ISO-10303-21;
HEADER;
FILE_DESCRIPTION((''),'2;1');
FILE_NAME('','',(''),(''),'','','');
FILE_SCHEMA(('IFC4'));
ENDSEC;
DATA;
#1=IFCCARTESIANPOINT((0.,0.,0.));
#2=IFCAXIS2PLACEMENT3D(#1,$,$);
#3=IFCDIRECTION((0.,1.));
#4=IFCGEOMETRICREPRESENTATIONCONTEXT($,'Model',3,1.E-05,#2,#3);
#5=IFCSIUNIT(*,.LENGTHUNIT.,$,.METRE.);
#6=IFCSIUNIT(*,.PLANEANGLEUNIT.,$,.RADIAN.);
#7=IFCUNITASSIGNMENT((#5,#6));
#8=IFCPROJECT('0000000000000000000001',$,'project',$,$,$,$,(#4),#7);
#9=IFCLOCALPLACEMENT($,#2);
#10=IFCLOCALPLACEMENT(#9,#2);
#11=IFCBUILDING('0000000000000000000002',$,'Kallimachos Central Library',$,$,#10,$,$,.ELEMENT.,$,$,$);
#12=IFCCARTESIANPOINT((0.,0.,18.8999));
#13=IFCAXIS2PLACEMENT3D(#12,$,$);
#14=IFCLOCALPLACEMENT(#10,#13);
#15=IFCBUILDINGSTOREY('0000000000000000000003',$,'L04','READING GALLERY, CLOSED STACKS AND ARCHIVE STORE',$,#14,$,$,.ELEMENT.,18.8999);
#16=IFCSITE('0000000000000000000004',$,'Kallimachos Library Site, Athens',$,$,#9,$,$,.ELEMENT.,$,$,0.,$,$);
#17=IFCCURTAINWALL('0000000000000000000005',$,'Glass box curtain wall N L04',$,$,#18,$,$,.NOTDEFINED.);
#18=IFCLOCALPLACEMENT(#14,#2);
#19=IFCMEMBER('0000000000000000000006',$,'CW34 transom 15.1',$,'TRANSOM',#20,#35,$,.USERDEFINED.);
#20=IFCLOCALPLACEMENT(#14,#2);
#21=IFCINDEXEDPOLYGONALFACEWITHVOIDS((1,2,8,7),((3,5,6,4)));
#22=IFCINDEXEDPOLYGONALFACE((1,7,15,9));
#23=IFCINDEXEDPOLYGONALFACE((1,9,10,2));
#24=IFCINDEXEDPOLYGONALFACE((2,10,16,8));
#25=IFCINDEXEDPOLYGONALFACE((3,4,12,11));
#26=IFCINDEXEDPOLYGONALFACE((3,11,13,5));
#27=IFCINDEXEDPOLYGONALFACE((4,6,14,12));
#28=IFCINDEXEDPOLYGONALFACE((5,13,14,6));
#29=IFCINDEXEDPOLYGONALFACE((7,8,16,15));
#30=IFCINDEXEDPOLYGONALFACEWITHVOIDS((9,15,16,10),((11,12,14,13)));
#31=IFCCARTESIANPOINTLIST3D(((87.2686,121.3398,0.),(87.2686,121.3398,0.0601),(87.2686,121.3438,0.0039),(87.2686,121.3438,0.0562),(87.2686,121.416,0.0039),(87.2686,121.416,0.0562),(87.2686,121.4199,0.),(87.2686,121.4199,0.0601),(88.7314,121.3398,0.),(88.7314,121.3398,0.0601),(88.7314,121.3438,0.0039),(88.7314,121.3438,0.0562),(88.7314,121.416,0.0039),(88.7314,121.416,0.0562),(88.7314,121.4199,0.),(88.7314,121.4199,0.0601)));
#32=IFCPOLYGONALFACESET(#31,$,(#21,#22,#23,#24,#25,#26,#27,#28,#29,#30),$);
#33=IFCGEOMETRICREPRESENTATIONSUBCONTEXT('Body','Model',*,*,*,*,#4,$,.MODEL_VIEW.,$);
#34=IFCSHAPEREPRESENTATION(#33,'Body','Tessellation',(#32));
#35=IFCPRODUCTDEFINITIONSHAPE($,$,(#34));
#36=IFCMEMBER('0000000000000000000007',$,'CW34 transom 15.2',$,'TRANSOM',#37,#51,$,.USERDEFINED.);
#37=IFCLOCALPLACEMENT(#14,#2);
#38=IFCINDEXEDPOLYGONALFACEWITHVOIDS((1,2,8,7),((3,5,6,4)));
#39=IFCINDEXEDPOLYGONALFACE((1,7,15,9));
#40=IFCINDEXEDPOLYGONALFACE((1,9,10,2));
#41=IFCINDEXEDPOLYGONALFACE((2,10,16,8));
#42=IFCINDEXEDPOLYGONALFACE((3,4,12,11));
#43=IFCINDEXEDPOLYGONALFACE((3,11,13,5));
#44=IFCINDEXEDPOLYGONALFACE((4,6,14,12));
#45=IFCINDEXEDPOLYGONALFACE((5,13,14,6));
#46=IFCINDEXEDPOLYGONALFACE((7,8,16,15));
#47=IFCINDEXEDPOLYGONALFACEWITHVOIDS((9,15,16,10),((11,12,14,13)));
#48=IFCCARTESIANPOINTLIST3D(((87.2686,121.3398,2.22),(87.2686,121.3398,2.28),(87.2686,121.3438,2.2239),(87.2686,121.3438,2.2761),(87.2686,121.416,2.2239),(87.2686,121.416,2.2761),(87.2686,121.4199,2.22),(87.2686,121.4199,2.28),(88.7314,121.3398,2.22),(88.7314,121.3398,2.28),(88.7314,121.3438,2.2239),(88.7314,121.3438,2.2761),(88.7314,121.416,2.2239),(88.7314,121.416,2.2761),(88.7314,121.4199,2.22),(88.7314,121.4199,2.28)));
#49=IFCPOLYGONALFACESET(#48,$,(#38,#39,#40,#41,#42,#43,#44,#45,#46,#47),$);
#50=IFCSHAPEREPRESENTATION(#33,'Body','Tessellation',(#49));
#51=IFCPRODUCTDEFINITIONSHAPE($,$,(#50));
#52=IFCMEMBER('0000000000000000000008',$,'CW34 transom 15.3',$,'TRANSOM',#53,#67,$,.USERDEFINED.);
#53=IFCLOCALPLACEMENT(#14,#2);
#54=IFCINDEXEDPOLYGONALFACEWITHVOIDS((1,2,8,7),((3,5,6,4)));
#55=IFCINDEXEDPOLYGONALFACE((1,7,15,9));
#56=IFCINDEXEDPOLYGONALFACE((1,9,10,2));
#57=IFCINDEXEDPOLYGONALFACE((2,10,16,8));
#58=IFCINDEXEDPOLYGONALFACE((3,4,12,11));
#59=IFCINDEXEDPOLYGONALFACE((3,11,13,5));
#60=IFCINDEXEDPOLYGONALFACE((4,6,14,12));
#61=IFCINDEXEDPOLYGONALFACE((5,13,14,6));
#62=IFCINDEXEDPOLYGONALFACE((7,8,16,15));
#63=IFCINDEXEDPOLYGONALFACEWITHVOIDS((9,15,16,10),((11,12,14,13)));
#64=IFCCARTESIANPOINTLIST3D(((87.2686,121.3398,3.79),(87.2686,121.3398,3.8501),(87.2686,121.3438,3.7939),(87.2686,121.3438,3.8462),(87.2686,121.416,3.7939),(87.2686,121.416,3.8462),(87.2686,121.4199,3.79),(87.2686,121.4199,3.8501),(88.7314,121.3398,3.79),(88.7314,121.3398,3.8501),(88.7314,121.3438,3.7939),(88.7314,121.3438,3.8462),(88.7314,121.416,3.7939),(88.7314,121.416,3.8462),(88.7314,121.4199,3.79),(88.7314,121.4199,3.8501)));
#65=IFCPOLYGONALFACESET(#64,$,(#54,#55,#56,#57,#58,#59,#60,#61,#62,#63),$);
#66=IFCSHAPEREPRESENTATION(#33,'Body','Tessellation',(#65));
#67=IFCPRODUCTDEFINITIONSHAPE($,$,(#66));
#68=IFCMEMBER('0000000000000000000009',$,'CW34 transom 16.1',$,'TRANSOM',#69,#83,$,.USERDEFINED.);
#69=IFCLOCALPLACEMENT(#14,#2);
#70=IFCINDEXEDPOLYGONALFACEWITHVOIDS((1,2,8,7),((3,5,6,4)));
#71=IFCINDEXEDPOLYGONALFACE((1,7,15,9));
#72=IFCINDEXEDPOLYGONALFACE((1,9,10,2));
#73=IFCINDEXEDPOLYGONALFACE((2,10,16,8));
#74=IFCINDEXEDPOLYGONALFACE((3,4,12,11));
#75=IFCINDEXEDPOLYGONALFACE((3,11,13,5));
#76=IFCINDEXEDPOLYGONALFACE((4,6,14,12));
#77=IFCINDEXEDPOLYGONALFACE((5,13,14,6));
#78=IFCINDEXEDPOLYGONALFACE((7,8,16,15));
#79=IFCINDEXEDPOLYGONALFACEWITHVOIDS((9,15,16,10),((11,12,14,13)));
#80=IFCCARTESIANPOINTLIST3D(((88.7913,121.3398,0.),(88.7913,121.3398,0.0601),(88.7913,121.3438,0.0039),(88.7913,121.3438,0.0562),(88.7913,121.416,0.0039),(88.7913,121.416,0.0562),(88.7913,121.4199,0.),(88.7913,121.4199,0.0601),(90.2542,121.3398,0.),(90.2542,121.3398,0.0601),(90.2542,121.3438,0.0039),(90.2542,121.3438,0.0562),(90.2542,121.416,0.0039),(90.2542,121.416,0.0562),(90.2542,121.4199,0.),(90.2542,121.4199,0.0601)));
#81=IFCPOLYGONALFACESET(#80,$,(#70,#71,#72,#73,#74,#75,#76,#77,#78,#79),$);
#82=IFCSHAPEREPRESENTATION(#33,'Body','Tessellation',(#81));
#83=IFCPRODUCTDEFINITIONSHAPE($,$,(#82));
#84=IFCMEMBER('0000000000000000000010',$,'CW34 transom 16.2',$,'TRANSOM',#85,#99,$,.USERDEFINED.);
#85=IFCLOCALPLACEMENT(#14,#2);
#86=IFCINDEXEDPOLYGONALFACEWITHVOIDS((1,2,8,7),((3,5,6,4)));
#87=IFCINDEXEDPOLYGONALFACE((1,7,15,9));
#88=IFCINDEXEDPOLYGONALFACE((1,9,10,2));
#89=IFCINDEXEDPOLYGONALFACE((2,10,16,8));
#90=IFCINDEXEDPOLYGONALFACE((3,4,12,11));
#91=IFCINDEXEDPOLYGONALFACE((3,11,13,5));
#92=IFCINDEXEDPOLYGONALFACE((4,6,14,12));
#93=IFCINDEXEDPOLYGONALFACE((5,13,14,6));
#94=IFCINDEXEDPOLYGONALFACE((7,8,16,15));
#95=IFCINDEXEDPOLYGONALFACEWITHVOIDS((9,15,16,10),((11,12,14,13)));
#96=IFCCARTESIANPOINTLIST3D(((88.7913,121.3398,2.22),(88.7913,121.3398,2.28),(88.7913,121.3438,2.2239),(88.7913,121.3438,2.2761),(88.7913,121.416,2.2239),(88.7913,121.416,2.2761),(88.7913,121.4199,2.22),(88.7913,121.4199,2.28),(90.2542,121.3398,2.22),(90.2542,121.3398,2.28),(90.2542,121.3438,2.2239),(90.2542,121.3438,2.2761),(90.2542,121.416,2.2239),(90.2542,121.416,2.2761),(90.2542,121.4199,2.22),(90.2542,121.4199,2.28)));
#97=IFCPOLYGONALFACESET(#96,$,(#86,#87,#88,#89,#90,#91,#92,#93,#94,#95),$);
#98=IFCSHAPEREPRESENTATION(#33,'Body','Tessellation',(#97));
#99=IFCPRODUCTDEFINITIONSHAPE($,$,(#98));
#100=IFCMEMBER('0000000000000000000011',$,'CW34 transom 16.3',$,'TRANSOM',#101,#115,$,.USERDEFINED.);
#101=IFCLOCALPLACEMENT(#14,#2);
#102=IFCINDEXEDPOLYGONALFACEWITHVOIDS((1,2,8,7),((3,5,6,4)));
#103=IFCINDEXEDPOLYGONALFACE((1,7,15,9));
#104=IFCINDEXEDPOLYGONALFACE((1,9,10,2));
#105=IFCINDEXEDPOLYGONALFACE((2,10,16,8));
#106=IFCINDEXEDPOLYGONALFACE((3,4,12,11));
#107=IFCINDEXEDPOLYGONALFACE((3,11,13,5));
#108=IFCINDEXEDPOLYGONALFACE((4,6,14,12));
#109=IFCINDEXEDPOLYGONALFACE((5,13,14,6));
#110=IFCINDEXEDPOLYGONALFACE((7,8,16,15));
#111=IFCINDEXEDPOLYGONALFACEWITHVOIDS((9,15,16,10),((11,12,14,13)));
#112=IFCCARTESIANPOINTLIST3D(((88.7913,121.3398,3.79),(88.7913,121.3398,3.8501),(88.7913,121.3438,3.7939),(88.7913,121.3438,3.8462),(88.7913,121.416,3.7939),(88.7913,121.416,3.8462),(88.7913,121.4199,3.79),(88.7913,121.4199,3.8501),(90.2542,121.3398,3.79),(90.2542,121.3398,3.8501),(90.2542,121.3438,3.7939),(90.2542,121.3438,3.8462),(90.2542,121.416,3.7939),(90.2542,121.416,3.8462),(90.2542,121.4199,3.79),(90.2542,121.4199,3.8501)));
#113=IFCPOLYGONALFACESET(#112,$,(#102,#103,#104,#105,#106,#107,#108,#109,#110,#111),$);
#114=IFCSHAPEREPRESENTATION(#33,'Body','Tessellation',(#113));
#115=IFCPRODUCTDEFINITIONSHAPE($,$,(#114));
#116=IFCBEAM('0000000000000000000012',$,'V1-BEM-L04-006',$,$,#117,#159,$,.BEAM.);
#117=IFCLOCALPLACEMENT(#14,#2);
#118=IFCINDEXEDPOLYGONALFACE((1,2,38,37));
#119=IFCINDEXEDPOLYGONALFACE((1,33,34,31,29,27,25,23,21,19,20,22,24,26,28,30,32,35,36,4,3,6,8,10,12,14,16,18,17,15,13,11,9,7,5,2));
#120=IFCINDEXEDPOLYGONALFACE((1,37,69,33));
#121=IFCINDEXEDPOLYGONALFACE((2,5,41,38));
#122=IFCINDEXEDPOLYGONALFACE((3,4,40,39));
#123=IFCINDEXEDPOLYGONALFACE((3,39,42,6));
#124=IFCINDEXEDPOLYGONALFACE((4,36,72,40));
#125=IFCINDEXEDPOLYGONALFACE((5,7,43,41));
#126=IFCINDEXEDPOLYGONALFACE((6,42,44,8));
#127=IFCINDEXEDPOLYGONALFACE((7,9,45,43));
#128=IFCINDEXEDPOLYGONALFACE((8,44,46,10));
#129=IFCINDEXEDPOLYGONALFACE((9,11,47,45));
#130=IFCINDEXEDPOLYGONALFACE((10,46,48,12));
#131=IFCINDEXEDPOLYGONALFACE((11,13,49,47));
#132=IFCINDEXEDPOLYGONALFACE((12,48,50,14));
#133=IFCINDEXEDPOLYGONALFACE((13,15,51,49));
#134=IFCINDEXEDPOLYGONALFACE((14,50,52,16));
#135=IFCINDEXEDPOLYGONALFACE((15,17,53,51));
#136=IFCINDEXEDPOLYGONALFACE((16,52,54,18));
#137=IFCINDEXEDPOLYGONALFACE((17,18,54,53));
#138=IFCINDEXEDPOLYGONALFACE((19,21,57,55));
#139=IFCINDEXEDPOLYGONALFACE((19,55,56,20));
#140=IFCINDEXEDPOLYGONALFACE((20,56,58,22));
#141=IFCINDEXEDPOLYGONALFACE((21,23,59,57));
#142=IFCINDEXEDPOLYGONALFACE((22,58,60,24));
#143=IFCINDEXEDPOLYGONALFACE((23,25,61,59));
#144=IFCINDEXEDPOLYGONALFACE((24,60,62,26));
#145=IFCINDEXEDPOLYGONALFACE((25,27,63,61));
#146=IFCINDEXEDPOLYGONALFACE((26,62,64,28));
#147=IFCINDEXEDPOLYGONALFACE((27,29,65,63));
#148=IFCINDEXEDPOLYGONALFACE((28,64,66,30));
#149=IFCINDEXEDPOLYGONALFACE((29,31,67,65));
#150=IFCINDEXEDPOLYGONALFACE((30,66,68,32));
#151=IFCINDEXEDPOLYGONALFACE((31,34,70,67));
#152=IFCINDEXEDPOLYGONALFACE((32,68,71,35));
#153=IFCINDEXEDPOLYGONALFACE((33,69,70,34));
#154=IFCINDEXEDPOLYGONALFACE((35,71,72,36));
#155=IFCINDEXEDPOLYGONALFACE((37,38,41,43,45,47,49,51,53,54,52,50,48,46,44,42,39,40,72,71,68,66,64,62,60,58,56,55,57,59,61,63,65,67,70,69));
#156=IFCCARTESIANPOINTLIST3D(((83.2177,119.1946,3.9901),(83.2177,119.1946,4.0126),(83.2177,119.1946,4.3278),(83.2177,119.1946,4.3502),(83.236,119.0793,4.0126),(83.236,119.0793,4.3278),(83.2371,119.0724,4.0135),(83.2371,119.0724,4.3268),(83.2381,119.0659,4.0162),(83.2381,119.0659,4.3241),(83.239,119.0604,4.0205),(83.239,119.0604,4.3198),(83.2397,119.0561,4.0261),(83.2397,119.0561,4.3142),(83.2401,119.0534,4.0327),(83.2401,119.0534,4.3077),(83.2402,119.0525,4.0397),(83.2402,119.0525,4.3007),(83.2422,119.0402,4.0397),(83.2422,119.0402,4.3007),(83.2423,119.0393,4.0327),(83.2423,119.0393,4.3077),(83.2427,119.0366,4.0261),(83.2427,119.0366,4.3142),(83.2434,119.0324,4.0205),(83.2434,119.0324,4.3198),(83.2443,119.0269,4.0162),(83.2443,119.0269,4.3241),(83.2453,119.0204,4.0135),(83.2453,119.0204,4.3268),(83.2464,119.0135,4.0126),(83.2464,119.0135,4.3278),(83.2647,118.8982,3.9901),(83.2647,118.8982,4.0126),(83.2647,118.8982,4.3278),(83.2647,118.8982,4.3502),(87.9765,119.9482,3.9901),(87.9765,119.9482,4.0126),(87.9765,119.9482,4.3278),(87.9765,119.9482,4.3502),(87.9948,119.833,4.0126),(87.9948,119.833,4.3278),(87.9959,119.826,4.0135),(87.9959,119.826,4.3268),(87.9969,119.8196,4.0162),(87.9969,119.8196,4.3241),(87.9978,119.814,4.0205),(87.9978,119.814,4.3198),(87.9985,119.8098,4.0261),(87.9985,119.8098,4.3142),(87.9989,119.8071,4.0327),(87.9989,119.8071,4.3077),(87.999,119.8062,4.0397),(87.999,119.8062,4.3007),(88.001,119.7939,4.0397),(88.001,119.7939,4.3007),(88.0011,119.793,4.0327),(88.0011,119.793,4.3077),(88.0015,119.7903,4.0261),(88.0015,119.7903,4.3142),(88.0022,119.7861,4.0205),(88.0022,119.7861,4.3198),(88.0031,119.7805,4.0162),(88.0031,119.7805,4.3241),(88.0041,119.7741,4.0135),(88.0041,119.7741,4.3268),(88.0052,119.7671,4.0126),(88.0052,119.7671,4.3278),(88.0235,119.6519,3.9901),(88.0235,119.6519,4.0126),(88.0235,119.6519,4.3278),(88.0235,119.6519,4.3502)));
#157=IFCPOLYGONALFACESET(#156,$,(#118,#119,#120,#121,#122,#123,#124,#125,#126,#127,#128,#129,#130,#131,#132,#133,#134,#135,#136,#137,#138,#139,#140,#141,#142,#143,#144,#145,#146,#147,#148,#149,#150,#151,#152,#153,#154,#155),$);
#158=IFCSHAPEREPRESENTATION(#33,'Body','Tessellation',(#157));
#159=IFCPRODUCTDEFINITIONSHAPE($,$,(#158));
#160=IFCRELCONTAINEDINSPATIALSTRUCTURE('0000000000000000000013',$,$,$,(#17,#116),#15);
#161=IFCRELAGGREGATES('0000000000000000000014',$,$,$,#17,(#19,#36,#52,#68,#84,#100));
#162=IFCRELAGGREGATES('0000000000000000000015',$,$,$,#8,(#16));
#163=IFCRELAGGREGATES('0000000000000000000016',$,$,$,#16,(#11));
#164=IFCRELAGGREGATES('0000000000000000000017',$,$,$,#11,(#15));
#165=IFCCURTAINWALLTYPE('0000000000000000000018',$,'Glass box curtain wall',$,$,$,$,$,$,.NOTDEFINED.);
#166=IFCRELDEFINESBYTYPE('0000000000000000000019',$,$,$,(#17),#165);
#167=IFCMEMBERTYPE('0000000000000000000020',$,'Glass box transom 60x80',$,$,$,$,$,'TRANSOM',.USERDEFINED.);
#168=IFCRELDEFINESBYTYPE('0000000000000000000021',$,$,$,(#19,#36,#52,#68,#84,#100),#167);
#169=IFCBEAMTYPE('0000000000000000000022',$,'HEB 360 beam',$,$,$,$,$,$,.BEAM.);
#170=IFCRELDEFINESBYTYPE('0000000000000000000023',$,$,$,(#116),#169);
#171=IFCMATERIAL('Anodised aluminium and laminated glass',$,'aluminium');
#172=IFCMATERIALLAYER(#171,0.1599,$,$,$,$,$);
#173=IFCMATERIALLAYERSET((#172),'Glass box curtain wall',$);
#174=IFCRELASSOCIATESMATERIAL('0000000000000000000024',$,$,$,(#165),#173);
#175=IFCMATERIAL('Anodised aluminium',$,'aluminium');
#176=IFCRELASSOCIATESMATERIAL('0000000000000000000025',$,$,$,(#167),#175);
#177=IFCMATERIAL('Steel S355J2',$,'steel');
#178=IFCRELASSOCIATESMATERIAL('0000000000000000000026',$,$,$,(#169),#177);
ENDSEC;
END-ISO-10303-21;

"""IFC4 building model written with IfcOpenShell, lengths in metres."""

from ifc_helpers import new_model, si_unit, direction, frame, origin, origin_2d, place, context, subcontext, project, spatial, hollow_rectangle, i_section, extrude, material, layer, layer_set, material_profile, profile_set, type_object, element, aggregate, save


model = new_model("IFC4")

# Units and contexts
model_context = context("Model", 3, precision=1e-05, world=origin(), true_north=direction((0.0, 1.0)))
body_context = subcontext(model_context, "Body", "Model", "MODEL_VIEW")
ifc_project = project(units=[si_unit("LENGTHUNIT", "METRE"), si_unit("PLANEANGLEUNIT", "RADIAN")], contexts=[model_context])

# Site, building, storey
site_placement = place(None, origin())
site = spatial("IfcSite", under=ifc_project, at=site_placement, Name="Kallimachos Library Site, Athens", CompositionType="ELEMENT", RefElevation=0.0)
building_placement = place(site_placement, origin())
building = spatial("IfcBuilding", under=site, at=building_placement, Name="Kallimachos Central Library", CompositionType="ELEMENT")
storey_placement = place(building_placement, frame((0.0, 0.0, 18.8999)))
storey = spatial("IfcBuildingStorey", under=building, at=storey_placement, Name="L04", Description="READING GALLERY, CLOSED STACKS AND ARCHIVE STORE", CompositionType="ELEMENT", Elevation=18.8999)

# Curtain wall, members
ifc_material_1 = material(Name="Anodised aluminium and laminated glass", Category="aluminium")
ifc_layer_1 = layer(ifc_material_1, 0.1599)
ifc_layer_set_1 = layer_set([ifc_layer_1], Name="Glass box curtain wall")
curtain_wall_type = type_object("IfcCurtainWallType", Name="Glass box curtain wall", PredefinedType="NOTDEFINED", material=ifc_layer_set_1)
curtain_wall_placement = place(storey_placement, origin())
curtain_wall = element("IfcCurtainWall", 1, at=curtain_wall_placement, inside=storey, type_object=curtain_wall_type, Name="Glass box curtain wall N L04", PredefinedType="NOTDEFINED")
ifc_material_2 = material(Name="Anodised aluminium", Category="aluminium")
ifc_material_profile_1 = material_profile(ifc_material_2, hollow_rectangle(XDim=0.0601, YDim=0.0801, WallThickness=0.0039, at=origin_2d()), Name="ALU TRANSOM 60x80")
ifc_profile_set_1 = profile_set([ifc_material_profile_1], Name="Anodised aluminium")
member_type_1 = type_object("IfcMemberType", Name="Glass box transom 60x80", ElementType="TRANSOM", PredefinedType="USERDEFINED", material=ifc_profile_set_1)
member_1_placement = place(storey_placement, frame((87.2686, 121.3799, 0.03), z_axis=(1.0, 0.0, 0.0), x_axis=(0.0, 0.0, 1.0)))
member_1 = element("IfcMember", 2, at=member_1_placement, type_object=member_type_1, Name="CW34 transom 15.1", ObjectType="TRANSOM", PredefinedType="USERDEFINED", context=body_context, shape_type="SweptSolid", body=[
    extrude(hollow_rectangle(XDim=0.0601, YDim=0.0801, WallThickness=0.0039, at=origin_2d()), origin(), (0.0, 0.0, 1.0), 1.4629),
])
member_2_placement = place(storey_placement, frame((87.2686, 121.3799, 2.25), z_axis=(1.0, 0.0, 0.0), x_axis=(0.0, 0.0, 1.0)))
member_2 = element("IfcMember", 3, at=member_2_placement, type_object=member_type_1, Name="CW34 transom 15.2", ObjectType="TRANSOM", PredefinedType="USERDEFINED", context=body_context, shape_type="SweptSolid", body=[
    extrude(hollow_rectangle(XDim=0.0601, YDim=0.0801, WallThickness=0.0039, at=origin_2d()), origin(), (0.0, 0.0, 1.0), 1.4629),
])
member_3_placement = place(storey_placement, frame((87.2686, 121.3799, 3.8201), z_axis=(1.0, 0.0, 0.0), x_axis=(0.0, 0.0, 1.0)))
member_3 = element("IfcMember", 4, at=member_3_placement, type_object=member_type_1, Name="CW34 transom 15.3", ObjectType="TRANSOM", PredefinedType="USERDEFINED", context=body_context, shape_type="SweptSolid", body=[
    extrude(hollow_rectangle(XDim=0.0601, YDim=0.0801, WallThickness=0.0039, at=origin_2d()), origin(), (0.0, 0.0, 1.0), 1.4629),
])
member_4_placement = place(storey_placement, frame((88.7913, 121.3799, 0.03), z_axis=(1.0, 0.0, 0.0), x_axis=(0.0, 0.0, 1.0)))
member_4 = element("IfcMember", 5, at=member_4_placement, type_object=member_type_1, Name="CW34 transom 16.1", ObjectType="TRANSOM", PredefinedType="USERDEFINED", context=body_context, shape_type="SweptSolid", body=[
    extrude(hollow_rectangle(XDim=0.0601, YDim=0.0801, WallThickness=0.0039, at=origin_2d()), origin(), (0.0, 0.0, 1.0), 1.4629),
])
member_5_placement = place(storey_placement, frame((88.7913, 121.3799, 2.25), z_axis=(1.0, 0.0, 0.0), x_axis=(0.0, 0.0, 1.0)))
member_5 = element("IfcMember", 6, at=member_5_placement, type_object=member_type_1, Name="CW34 transom 16.2", ObjectType="TRANSOM", PredefinedType="USERDEFINED", context=body_context, shape_type="SweptSolid", body=[
    extrude(hollow_rectangle(XDim=0.0601, YDim=0.0801, WallThickness=0.0039, at=origin_2d()), origin(), (0.0, 0.0, 1.0), 1.4629),
])
member_6_placement = place(storey_placement, frame((88.7913, 121.3799, 3.8201), z_axis=(1.0, 0.0, 0.0), x_axis=(0.0, 0.0, 1.0)))
member_6 = element("IfcMember", 7, at=member_6_placement, type_object=member_type_1, Name="CW34 transom 16.3", ObjectType="TRANSOM", PredefinedType="USERDEFINED", context=body_context, shape_type="SweptSolid", body=[
    extrude(hollow_rectangle(XDim=0.0601, YDim=0.0801, WallThickness=0.0039, at=origin_2d()), origin(), (0.0, 0.0, 1.0), 1.4629),
])

# Beam
ifc_material_3 = material(Name="Steel S355J2", Category="steel")
ifc_material_profile_2 = material_profile(ifc_material_3, i_section(OverallWidth=0.3, OverallDepth=0.3601, WebThickness=0.0125, FlangeThickness=0.0225, FilletRadius=0.0271, at=origin_2d()), Name="HEB 360")
ifc_profile_set_2 = profile_set([ifc_material_profile_2], Name="Steel S355J2")
beam_type_1 = type_object("IfcBeamType", Name="HEB 360 beam", PredefinedType="BEAM", material=ifc_profile_set_2)
beam_placement = place(storey_placement, frame((88.0, 119.8, 4.1702), z_axis=(-0.98769, -0.156423, 0.0), x_axis=(0.156423, -0.98769, 0.0)))
element("IfcBeam", 8, at=beam_placement, inside=storey, type_object=beam_type_1, Name="V1-BEM-L04-006", PredefinedType="BEAM", context=body_context, shape_type="SweptSolid", body=[
    extrude(i_section(OverallWidth=0.3, OverallDepth=0.3601, WebThickness=0.0125, FlangeThickness=0.0225, FilletRadius=0.0271, at=origin_2d()), origin(), (0.0, 0.0, 1.0), 4.8181),
])

aggregate(curtain_wall, [member_1, member_2, member_3, member_4, member_5, member_6])

save(model, "model.ifc")
